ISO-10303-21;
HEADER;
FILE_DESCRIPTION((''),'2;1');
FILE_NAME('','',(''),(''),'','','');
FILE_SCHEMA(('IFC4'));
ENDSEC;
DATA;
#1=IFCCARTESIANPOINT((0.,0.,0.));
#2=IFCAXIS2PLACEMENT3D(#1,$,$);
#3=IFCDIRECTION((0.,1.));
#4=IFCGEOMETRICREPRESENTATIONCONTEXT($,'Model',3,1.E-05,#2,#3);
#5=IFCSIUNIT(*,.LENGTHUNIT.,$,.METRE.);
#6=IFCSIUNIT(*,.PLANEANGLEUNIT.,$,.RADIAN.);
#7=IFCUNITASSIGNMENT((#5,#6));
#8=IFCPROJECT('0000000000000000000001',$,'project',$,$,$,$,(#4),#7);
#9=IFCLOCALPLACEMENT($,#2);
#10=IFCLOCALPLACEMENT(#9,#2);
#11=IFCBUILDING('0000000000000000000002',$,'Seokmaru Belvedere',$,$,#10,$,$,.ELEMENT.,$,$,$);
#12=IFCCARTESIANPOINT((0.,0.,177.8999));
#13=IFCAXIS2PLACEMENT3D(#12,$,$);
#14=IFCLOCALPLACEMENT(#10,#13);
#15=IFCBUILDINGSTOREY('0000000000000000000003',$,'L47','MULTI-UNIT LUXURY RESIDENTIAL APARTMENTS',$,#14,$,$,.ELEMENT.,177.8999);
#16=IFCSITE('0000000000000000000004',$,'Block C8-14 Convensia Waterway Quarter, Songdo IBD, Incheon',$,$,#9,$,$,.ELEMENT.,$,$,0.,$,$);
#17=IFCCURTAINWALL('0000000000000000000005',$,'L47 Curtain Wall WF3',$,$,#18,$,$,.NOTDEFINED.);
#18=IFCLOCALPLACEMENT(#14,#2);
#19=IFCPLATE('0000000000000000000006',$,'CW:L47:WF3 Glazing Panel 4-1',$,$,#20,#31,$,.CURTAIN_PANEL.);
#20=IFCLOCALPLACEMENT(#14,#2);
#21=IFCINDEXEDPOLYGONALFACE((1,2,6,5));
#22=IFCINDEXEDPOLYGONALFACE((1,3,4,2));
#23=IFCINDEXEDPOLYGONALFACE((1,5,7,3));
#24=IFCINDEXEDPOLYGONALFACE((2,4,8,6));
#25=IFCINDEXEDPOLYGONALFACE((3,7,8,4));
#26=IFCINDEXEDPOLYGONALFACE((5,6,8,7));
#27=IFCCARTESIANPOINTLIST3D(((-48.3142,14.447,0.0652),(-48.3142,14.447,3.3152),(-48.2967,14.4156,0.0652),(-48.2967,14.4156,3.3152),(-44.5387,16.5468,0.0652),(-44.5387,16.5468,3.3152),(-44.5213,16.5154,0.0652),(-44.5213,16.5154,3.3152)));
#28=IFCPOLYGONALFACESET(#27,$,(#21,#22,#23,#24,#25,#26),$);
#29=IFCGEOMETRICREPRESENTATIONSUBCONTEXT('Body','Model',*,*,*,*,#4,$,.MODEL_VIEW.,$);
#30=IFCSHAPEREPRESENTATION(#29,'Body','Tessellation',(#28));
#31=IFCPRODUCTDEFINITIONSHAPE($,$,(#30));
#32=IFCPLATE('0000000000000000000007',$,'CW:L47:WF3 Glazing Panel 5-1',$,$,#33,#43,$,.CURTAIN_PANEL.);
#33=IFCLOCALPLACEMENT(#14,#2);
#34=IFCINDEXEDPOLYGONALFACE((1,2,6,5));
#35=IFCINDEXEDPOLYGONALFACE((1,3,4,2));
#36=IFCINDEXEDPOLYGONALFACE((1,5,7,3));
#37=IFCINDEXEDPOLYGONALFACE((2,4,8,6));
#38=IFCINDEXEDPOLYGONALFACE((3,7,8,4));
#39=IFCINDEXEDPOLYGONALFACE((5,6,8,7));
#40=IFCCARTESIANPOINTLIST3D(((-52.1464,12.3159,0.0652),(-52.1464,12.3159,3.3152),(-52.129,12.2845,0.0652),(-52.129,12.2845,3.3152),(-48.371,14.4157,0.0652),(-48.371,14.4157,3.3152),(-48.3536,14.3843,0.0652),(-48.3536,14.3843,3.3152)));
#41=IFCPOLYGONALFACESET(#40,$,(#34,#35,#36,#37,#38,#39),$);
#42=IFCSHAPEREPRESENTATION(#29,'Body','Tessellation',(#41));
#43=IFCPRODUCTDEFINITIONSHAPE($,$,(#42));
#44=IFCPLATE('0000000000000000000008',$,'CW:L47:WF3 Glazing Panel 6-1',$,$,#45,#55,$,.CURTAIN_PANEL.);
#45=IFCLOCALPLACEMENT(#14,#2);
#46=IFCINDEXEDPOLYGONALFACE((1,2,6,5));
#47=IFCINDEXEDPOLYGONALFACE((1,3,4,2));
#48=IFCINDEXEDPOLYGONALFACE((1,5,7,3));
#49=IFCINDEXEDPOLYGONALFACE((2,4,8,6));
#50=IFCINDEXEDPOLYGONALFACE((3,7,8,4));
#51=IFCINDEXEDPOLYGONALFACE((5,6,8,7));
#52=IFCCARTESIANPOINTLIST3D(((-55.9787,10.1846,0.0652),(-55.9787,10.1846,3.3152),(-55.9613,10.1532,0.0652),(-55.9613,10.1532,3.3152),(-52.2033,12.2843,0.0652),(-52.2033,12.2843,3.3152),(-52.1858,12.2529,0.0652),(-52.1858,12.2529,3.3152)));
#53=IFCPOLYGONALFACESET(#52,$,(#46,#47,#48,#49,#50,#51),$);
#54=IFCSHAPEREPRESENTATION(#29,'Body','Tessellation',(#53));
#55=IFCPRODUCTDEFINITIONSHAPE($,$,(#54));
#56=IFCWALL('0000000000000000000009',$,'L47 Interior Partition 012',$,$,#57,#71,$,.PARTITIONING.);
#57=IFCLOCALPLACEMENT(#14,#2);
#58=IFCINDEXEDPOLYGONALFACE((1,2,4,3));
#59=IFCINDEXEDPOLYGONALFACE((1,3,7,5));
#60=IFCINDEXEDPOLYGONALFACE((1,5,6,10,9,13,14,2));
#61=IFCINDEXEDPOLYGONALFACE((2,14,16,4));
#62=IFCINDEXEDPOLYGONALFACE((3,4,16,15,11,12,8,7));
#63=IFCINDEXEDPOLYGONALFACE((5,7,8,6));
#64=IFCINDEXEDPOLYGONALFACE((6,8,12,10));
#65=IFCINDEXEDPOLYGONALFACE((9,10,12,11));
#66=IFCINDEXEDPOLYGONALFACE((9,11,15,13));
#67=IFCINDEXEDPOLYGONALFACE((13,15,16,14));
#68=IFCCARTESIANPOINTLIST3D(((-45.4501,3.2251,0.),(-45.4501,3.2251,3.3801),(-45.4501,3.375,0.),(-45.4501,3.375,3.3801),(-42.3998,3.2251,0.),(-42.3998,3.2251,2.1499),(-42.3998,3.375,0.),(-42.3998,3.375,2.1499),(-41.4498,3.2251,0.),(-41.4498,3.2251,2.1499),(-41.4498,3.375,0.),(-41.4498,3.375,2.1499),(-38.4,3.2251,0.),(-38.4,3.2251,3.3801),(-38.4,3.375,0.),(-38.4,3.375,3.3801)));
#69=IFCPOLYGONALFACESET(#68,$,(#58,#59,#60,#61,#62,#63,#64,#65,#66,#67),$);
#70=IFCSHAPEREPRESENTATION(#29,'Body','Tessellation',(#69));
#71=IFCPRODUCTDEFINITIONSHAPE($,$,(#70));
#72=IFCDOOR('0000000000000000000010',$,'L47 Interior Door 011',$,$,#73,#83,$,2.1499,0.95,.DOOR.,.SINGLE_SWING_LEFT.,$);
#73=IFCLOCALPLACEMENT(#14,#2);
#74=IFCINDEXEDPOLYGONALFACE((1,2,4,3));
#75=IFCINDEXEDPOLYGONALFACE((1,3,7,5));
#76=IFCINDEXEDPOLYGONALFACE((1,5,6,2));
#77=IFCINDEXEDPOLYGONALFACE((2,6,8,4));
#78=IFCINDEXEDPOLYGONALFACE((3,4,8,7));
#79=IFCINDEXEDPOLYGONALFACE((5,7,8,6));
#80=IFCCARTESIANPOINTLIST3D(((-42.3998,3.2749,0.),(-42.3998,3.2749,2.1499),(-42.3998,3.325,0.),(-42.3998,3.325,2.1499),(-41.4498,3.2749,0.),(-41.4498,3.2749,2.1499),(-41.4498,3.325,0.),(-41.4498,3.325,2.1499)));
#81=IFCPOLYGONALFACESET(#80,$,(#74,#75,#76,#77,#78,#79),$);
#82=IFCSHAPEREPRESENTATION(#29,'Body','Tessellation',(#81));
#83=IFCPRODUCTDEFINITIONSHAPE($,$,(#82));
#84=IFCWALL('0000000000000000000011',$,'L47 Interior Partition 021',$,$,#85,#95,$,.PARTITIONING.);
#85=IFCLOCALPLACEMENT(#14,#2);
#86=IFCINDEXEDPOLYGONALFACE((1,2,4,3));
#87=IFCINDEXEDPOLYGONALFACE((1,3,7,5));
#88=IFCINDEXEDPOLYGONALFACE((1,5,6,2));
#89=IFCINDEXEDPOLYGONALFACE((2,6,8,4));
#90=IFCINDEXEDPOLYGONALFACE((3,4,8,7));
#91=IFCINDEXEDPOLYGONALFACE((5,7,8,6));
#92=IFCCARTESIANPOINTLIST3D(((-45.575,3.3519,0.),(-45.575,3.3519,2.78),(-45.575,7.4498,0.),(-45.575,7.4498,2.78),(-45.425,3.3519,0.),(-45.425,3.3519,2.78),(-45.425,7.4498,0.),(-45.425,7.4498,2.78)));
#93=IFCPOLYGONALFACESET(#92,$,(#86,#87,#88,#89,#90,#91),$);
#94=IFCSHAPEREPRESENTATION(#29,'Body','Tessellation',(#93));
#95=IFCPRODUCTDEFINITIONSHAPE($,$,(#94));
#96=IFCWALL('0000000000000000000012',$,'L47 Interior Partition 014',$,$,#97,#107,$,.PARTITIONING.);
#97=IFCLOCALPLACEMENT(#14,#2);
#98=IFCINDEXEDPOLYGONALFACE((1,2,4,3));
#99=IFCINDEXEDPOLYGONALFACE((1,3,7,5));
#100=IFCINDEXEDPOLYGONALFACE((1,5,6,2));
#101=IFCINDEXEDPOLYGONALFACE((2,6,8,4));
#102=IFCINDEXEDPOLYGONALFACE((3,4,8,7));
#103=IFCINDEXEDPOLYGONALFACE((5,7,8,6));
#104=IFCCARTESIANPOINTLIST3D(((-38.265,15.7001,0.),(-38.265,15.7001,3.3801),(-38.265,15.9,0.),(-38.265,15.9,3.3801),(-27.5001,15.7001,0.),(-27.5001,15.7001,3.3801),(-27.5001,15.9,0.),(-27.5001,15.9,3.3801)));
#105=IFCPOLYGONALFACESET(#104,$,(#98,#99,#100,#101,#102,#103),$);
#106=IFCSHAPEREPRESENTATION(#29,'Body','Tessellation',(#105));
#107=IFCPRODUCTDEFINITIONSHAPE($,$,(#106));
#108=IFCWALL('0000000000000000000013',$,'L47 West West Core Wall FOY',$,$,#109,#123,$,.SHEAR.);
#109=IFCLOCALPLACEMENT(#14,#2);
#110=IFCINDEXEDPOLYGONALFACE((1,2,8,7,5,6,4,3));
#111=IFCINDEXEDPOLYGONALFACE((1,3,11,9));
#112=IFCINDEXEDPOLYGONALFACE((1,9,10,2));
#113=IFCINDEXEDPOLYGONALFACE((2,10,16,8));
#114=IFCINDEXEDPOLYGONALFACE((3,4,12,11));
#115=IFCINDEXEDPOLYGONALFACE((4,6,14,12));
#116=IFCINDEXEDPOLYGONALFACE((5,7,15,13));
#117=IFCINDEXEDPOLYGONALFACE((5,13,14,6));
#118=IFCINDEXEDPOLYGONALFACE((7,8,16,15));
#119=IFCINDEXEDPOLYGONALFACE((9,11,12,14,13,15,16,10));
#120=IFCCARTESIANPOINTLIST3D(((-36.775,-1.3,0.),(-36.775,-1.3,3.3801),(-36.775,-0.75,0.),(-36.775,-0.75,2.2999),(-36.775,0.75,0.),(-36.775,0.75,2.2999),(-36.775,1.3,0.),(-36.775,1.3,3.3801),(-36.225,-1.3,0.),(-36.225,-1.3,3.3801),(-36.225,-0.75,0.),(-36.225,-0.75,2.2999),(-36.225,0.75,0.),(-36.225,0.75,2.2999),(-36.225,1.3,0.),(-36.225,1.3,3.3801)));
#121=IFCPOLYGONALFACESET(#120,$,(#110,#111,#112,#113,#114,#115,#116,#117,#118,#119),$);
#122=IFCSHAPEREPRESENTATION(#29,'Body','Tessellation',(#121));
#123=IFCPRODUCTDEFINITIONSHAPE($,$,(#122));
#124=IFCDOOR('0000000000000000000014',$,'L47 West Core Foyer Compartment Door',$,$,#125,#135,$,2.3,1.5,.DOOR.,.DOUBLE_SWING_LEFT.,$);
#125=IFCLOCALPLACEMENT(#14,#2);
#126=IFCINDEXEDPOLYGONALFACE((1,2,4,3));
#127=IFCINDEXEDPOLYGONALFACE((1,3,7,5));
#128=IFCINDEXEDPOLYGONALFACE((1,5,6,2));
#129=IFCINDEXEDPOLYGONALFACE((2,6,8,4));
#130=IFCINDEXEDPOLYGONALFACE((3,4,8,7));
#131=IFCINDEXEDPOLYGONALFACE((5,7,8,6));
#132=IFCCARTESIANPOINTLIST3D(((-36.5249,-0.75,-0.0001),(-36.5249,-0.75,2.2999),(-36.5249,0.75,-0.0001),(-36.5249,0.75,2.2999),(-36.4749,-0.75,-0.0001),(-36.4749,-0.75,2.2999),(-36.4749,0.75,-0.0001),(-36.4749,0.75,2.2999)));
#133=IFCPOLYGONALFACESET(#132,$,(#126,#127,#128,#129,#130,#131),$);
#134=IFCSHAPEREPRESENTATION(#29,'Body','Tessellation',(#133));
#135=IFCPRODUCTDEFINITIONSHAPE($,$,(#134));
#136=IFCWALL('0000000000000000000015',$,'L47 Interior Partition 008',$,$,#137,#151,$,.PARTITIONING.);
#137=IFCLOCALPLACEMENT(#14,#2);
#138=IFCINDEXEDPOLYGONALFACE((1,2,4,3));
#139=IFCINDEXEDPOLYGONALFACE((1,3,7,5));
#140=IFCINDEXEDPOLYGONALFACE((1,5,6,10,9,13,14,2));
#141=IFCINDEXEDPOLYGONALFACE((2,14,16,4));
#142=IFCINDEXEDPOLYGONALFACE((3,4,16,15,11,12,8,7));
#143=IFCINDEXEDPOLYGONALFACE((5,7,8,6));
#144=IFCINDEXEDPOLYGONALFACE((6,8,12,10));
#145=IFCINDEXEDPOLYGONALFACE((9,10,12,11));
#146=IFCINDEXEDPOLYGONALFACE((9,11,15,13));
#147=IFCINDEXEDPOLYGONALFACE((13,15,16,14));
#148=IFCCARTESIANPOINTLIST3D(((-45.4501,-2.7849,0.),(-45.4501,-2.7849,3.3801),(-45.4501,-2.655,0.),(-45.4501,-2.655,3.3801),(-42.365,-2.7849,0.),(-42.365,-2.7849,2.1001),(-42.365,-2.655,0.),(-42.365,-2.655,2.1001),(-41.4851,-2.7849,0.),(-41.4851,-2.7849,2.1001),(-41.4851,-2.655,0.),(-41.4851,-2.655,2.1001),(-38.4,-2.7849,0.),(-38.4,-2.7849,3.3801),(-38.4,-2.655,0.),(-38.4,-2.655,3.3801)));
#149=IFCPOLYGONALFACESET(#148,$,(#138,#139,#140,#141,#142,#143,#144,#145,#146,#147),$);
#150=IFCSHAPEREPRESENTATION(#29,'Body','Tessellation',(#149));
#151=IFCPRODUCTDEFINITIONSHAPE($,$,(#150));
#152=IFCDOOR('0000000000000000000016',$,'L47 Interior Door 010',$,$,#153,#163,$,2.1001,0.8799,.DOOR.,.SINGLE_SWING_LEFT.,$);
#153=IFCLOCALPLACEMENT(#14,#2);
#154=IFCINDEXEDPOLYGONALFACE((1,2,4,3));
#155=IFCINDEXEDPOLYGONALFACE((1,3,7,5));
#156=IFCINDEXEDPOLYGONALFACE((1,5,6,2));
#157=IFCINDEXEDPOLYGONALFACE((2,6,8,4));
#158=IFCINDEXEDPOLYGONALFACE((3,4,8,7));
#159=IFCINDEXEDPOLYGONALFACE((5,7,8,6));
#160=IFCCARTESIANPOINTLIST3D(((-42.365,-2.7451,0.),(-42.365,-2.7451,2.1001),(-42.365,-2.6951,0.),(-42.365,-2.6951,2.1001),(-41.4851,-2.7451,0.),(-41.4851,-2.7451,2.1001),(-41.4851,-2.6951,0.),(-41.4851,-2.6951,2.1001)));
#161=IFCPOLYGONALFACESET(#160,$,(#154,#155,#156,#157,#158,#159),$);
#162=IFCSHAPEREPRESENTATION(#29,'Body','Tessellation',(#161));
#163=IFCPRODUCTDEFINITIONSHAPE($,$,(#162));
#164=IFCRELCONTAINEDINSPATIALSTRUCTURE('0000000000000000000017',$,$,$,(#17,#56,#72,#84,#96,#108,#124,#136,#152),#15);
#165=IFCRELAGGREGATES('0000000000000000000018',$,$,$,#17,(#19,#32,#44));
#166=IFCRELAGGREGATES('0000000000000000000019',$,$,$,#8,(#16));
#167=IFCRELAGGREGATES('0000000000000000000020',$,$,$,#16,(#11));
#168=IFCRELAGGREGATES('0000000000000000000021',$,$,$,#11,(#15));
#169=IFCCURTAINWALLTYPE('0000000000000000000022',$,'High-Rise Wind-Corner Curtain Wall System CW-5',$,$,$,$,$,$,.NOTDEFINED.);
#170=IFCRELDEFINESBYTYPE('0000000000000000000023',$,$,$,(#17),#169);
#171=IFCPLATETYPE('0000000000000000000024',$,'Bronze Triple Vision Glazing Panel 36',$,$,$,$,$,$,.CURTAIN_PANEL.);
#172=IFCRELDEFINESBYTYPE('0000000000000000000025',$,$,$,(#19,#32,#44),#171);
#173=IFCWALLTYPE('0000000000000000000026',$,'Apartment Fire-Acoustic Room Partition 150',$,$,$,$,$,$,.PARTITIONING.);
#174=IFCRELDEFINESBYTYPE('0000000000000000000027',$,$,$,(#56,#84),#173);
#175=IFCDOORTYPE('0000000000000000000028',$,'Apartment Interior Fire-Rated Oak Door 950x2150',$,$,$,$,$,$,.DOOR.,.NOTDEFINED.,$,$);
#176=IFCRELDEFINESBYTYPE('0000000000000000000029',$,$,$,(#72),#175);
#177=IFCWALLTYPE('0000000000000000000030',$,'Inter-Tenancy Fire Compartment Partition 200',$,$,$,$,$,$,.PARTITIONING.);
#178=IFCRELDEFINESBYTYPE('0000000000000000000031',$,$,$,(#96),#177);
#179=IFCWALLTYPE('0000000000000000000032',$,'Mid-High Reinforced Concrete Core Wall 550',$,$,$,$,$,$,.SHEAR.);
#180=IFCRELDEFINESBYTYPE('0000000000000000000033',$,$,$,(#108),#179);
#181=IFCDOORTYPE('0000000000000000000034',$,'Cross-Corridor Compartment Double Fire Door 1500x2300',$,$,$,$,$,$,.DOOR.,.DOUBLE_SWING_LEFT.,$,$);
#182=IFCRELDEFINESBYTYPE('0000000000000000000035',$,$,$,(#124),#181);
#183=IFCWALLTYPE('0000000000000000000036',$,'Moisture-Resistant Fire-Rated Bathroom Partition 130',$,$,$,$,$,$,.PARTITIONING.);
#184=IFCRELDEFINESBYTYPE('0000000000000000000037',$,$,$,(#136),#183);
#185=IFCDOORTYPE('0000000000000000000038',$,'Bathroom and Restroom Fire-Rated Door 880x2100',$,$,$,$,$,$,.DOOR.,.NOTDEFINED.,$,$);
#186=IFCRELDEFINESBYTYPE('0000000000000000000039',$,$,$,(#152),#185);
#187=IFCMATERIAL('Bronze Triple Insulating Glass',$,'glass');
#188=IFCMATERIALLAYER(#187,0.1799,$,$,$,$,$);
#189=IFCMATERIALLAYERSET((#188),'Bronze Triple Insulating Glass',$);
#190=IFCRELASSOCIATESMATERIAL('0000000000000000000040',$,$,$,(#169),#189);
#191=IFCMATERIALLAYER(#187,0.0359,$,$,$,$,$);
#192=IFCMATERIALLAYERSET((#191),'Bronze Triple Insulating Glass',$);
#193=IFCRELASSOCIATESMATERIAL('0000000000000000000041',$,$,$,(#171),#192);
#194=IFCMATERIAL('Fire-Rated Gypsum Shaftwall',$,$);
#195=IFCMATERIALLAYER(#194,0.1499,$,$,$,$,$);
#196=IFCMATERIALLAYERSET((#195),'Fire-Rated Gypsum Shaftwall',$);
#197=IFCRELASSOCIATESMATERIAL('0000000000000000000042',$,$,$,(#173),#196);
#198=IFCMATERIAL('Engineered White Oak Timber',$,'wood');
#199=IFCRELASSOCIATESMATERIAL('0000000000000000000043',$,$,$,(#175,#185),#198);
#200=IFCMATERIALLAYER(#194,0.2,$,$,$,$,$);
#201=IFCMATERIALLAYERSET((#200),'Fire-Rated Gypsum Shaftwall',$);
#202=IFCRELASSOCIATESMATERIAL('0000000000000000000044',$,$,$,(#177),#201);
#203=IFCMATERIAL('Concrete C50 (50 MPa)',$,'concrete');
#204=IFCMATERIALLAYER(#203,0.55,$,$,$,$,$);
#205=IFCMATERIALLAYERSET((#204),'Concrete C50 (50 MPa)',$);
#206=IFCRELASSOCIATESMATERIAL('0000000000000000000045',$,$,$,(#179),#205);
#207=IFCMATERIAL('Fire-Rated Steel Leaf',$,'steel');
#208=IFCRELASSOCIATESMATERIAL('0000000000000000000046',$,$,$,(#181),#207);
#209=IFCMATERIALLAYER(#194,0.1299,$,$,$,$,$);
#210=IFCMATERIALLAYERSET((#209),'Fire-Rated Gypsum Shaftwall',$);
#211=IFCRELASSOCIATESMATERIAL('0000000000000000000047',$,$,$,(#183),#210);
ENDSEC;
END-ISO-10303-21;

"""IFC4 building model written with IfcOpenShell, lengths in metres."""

from ifc_helpers import new_model, si_unit, direction, frame, frame_2d, origin, origin_2d, place, context, subcontext, project, spatial, rectangle, extrude, source, transform, mapped, material, layer, layer_set, type_object, type_shapes, element, fill, aggregate, save


model = new_model("IFC4")

# Units and contexts
model_context = context("Model", 3, precision=1e-05, world=origin(), true_north=direction((0.0, 1.0)))
body_context = subcontext(model_context, "Body", "Model", "MODEL_VIEW")
ifc_project = project(units=[si_unit("LENGTHUNIT", "METRE"), si_unit("PLANEANGLEUNIT", "RADIAN")], contexts=[model_context])

# Site, building, storey
site_placement = place(None, origin())
site = spatial("IfcSite", under=ifc_project, at=site_placement, Name="Block C8-14 Convensia Waterway Quarter, Songdo IBD, Incheon", CompositionType="ELEMENT", RefElevation=0.0)
building_placement = place(site_placement, origin())
building = spatial("IfcBuilding", under=site, at=building_placement, Name="Seokmaru Belvedere", CompositionType="ELEMENT")
storey_placement = place(building_placement, frame((0.0, 0.0, 177.8999)))
storey = spatial("IfcBuildingStorey", under=building, at=storey_placement, Name="L47", Description="MULTI-UNIT LUXURY RESIDENTIAL APARTMENTS", CompositionType="ELEMENT", Elevation=177.8999)

# Curtain wall, plates
ifc_material_1 = material(Name="Bronze Triple Insulating Glass", Category="glass")
ifc_layer_1 = layer(ifc_material_1, 0.1799)
ifc_layer_set_1 = layer_set([ifc_layer_1], Name="Bronze Triple Insulating Glass")
curtain_wall_type = type_object("IfcCurtainWallType", Name="High-Rise Wind-Corner Curtain Wall System CW-5", PredefinedType="NOTDEFINED", material=ifc_layer_set_1)
curtain_wall_placement = place(storey_placement, origin())
curtain_wall = element("IfcCurtainWall", 1, at=curtain_wall_placement, inside=storey, type_object=curtain_wall_type, Name="L47 Curtain Wall WF3", PredefinedType="NOTDEFINED")
ifc_layer_2 = layer(ifc_material_1, 0.0359)
ifc_layer_set_2 = layer_set([ifc_layer_2], Name="Bronze Triple Insulating Glass")
plate_type = type_object("IfcPlateType", Name="Bronze Triple Vision Glazing Panel 36", PredefinedType="CURTAIN_PANEL", material=ifc_layer_set_2)
shared_shape_1 = source(origin(), body_context, "Body", "SweptSolid", [
    extrude(rectangle(XDim=4.3201, YDim=0.0359, at=origin_2d()), origin(), (0.0, 0.0, 1.0), 3.25),
])
type_shapes(plate_type, [shared_shape_1])
plate_1_placement = place(storey_placement, frame((-46.4177, 15.4812, 0.0652), z_axis=(0.0, 0.0, 1.0), x_axis=(-0.873933, -0.486047, 0.0)))
plate_1 = element("IfcPlate", 2, at=plate_1_placement, type_object=plate_type, Name="CW:L47:WF3 Glazing Panel 4-1", PredefinedType="CURTAIN_PANEL", context=body_context, shape_type="MappedRepresentation", body=[
    mapped(shared_shape_1, transform((0.0, 0.0, 0.0), scale=1.0)),
])
plate_2_placement = place(storey_placement, frame((-50.25, 13.3501, 0.0652), z_axis=(0.0, 0.0, 1.0), x_axis=(-0.873933, -0.486047, 0.0)))
plate_2 = element("IfcPlate", 3, at=plate_2_placement, type_object=plate_type, Name="CW:L47:WF3 Glazing Panel 5-1", PredefinedType="CURTAIN_PANEL", context=body_context, shape_type="MappedRepresentation", body=[
    mapped(shared_shape_1, transform((0.0, 0.0, 0.0), scale=1.0)),
])
plate_3_placement = place(storey_placement, frame((-54.0823, 11.2188, 0.0652), z_axis=(0.0, 0.0, 1.0), x_axis=(-0.873933, -0.486047, 0.0)))
plate_3 = element("IfcPlate", 4, at=plate_3_placement, type_object=plate_type, Name="CW:L47:WF3 Glazing Panel 6-1", PredefinedType="CURTAIN_PANEL", context=body_context, shape_type="MappedRepresentation", body=[
    mapped(shared_shape_1, transform((0.0, 0.0, 0.0), scale=1.0)),
])
aggregate(curtain_wall, [plate_1, plate_2, plate_3])

# Wall, opening, door
ifc_material_2 = material(Name="Fire-Rated Gypsum Shaftwall")
ifc_layer_3 = layer(ifc_material_2, 0.1499)
ifc_layer_set_3 = layer_set([ifc_layer_3], Name="Fire-Rated Gypsum Shaftwall")
wall_type_1 = type_object("IfcWallType", Name="Apartment Fire-Acoustic Room Partition 150", PredefinedType="PARTITIONING", material=ifc_layer_set_3)
wall_1_placement = place(storey_placement, frame((-45.45, 3.3, 0.0), z_axis=(0.0, 0.0, 1.0), x_axis=(1.0, 0.0, 0.0)))
wall_1 = element("IfcWall", 5, at=wall_1_placement, inside=storey, type_object=wall_type_1, Name="L47 Interior Partition 012", PredefinedType="PARTITIONING", context=body_context, shape_type="SweptSolid", body=[
    extrude(rectangle(XDim=7.05, YDim=0.1499, at=frame_2d((3.5249, 0.0))), origin(), (0.0, 0.0, 1.0), 3.3801),
])
opening_1_placement = place(wall_1_placement, frame((3.05, 0.0, 0.0)))
opening_1 = element("IfcOpeningElement", 6, at=opening_1_placement, cuts=wall_1, PredefinedType="OPENING", context=body_context, shape_type="SweptSolid", body=[
    extrude(rectangle(XDim=0.95, YDim=2.1499, at=frame_2d((0.4751, 1.075))), frame((0.0, 0.085, 0.0), z_axis=(0.0, -1.0, 0.0), x_axis=(1.0, 0.0, 0.0)), (0.0, 0.0, 1.0), 0.1699),
])
ifc_material_3 = material(Name="Engineered White Oak Timber", Category="wood")
door_type_1 = type_object("IfcDoorType", Name="Apartment Interior Fire-Rated Oak Door 950x2150", OperationType="NOTDEFINED", PredefinedType="DOOR", material=ifc_material_3)
shared_shape_2 = source(origin(), body_context, "Body", "SweptSolid", [
    extrude(rectangle(XDim=0.95, YDim=2.1499, at=frame_2d((0.4751, 1.075))), frame((0.0, 0.0249, 0.0), z_axis=(0.0, -1.0, 0.0), x_axis=(1.0, 0.0, 0.0)), (0.0, 0.0, 1.0), 0.05),
])
type_shapes(door_type_1, [shared_shape_2])
door_1_placement = place(opening_1_placement, origin())
door_1 = element("IfcDoor", 7, at=door_1_placement, inside=storey, type_object=door_type_1, Name="L47 Interior Door 011", OperationType="SINGLE_SWING_LEFT", OverallHeight=2.1499, OverallWidth=0.95, PredefinedType="DOOR", context=body_context, shape_type="MappedRepresentation", body=[
    mapped(shared_shape_2, transform((0.0, 0.0, 0.0), scale=1.0)),
])
fill(opening_1, door_1)

# Walls
wall_2_placement = place(storey_placement, frame((-45.5, 3.3521, 0.0), z_axis=(0.0, 0.0, 1.0), x_axis=(0.0, 1.0, 0.0)))
element("IfcWall", 8, at=wall_2_placement, inside=storey, type_object=wall_type_1, Name="L47 Interior Partition 021", PredefinedType="PARTITIONING", context=body_context, shape_type="SweptSolid", body=[
    extrude(rectangle(XDim=4.0979, YDim=0.1499, at=frame_2d((2.0488, 0.0))), origin(), (0.0, 0.0, 1.0), 2.78),
])
ifc_layer_4 = layer(ifc_material_2, 0.2)
ifc_layer_set_4 = layer_set([ifc_layer_4], Name="Fire-Rated Gypsum Shaftwall")
wall_type_2 = type_object("IfcWallType", Name="Inter-Tenancy Fire Compartment Partition 200", PredefinedType="PARTITIONING", material=ifc_layer_set_4)
wall_3_placement = place(storey_placement, frame((-38.2649, 15.8, 0.0), z_axis=(0.0, 0.0, 1.0), x_axis=(1.0, 0.0, 0.0)))
element("IfcWall", 9, at=wall_3_placement, inside=storey, type_object=wall_type_2, Name="L47 Interior Partition 014", PredefinedType="PARTITIONING", context=body_context, shape_type="SweptSolid", body=[
    extrude(rectangle(XDim=10.7649, YDim=0.2, at=frame_2d((5.3823, 0.0))), origin(), (0.0, 0.0, 1.0), 3.3801),
])

# Walls, openings, doors
ifc_material_4 = material(Name="Concrete C50 (50 MPa)", Category="concrete")
ifc_layer_5 = layer(ifc_material_4, 0.55)
ifc_layer_set_5 = layer_set([ifc_layer_5], Name="Concrete C50 (50 MPa)")
wall_type_3 = type_object("IfcWallType", Name="Mid-High Reinforced Concrete Core Wall 550", PredefinedType="SHEAR", material=ifc_layer_set_5)
wall_4_placement = place(storey_placement, frame((-36.5, -1.3, 0.0), z_axis=(0.0, 0.0, 1.0), x_axis=(0.0, 1.0, 0.0)))
wall_4 = element("IfcWall", 10, at=wall_4_placement, inside=storey, type_object=wall_type_3, Name="L47 West West Core Wall FOY", PredefinedType="SHEAR", context=body_context, shape_type="SweptSolid", body=[
    extrude(rectangle(XDim=2.6001, YDim=0.55, at=frame_2d((1.3, 0.0))), origin(), (0.0, 0.0, 1.0), 3.3801),
])
opening_2_placement = place(wall_4_placement, frame((0.55, 0.0, 0.0)))
opening_2 = element("IfcOpeningElement", 11, at=opening_2_placement, cuts=wall_4, PredefinedType="OPENING", context=body_context, shape_type="SweptSolid", body=[
    extrude(rectangle(XDim=1.5, YDim=2.3, at=frame_2d((0.75, 1.1499))), frame((0.0, 0.2852, 0.0), z_axis=(0.0, -1.0, 0.0), x_axis=(1.0, 0.0, 0.0)), (0.0, 0.0, 1.0), 0.5701),
])
ifc_material_5 = material(Name="Fire-Rated Steel Leaf", Category="steel")
door_type_2 = type_object("IfcDoorType", Name="Cross-Corridor Compartment Double Fire Door 1500x2300", OperationType="DOUBLE_SWING_LEFT", PredefinedType="DOOR", material=ifc_material_5)
shared_shape_3 = source(origin(), body_context, "Body", "SweptSolid", [
    extrude(rectangle(XDim=1.5, YDim=2.3, at=frame_2d((0.75, 1.1499))), frame((0.0, 0.0249, 0.0), z_axis=(0.0, -1.0, 0.0), x_axis=(1.0, 0.0, 0.0)), (0.0, 0.0, 1.0), 0.05),
])
type_shapes(door_type_2, [shared_shape_3])
door_2_placement = place(opening_2_placement, origin())
door_2 = element("IfcDoor", 12, at=door_2_placement, inside=storey, type_object=door_type_2, Name="L47 West Core Foyer Compartment Door", OperationType="DOUBLE_SWING_LEFT", OverallHeight=2.3, OverallWidth=1.5, PredefinedType="DOOR", context=body_context, shape_type="MappedRepresentation", body=[
    mapped(shared_shape_3, transform((0.0, 0.0, 0.0), scale=1.0)),
])
fill(opening_2, door_2)
ifc_layer_6 = layer(ifc_material_2, 0.1299)
ifc_layer_set_6 = layer_set([ifc_layer_6], Name="Fire-Rated Gypsum Shaftwall")
wall_type_4 = type_object("IfcWallType", Name="Moisture-Resistant Fire-Rated Bathroom Partition 130", PredefinedType="PARTITIONING", material=ifc_layer_set_6)
wall_5_placement = place(storey_placement, frame((-45.45, -2.72, 0.0), z_axis=(0.0, 0.0, 1.0), x_axis=(1.0, 0.0, 0.0)))
wall_5 = element("IfcWall", 13, at=wall_5_placement, inside=storey, type_object=wall_type_4, Name="L47 Interior Partition 008", PredefinedType="PARTITIONING", context=body_context, shape_type="SweptSolid", body=[
    extrude(rectangle(XDim=7.05, YDim=0.1299, at=frame_2d((3.5249, 0.0))), origin(), (0.0, 0.0, 1.0), 3.3801),
])
opening_3_placement = place(wall_5_placement, frame((3.085, 0.0, 0.0)))
opening_3 = element("IfcOpeningElement", 14, at=opening_3_placement, cuts=wall_5, PredefinedType="OPENING", context=body_context, shape_type="SweptSolid", body=[
    extrude(rectangle(XDim=0.8799, YDim=2.1001, at=frame_2d((0.4399, 1.05))), frame((0.0, 0.075, 0.0), z_axis=(0.0, -1.0, 0.0), x_axis=(1.0, 0.0, 0.0)), (0.0, 0.0, 1.0), 0.1499),
])
door_type_3 = type_object("IfcDoorType", Name="Bathroom and Restroom Fire-Rated Door 880x2100", OperationType="NOTDEFINED", PredefinedType="DOOR", material=ifc_material_3)
shared_shape_4 = source(origin(), body_context, "Body", "SweptSolid", [
    extrude(rectangle(XDim=0.8799, YDim=2.1001, at=frame_2d((0.4399, 1.05))), frame((0.0, 0.0249, 0.0), z_axis=(0.0, -1.0, 0.0), x_axis=(1.0, 0.0, 0.0)), (0.0, 0.0, 1.0), 0.05),
])
type_shapes(door_type_3, [shared_shape_4])
door_3_placement = place(opening_3_placement, origin())
door_3 = element("IfcDoor", 15, at=door_3_placement, inside=storey, type_object=door_type_3, Name="L47 Interior Door 010", OperationType="SINGLE_SWING_LEFT", OverallHeight=2.1001, OverallWidth=0.8799, PredefinedType="DOOR", context=body_context, shape_type="MappedRepresentation", body=[
    mapped(shared_shape_4, transform((0.0, 0.0, 0.0), scale=1.0)),
])
fill(opening_3, door_3)

save(model, "model.ifc")
